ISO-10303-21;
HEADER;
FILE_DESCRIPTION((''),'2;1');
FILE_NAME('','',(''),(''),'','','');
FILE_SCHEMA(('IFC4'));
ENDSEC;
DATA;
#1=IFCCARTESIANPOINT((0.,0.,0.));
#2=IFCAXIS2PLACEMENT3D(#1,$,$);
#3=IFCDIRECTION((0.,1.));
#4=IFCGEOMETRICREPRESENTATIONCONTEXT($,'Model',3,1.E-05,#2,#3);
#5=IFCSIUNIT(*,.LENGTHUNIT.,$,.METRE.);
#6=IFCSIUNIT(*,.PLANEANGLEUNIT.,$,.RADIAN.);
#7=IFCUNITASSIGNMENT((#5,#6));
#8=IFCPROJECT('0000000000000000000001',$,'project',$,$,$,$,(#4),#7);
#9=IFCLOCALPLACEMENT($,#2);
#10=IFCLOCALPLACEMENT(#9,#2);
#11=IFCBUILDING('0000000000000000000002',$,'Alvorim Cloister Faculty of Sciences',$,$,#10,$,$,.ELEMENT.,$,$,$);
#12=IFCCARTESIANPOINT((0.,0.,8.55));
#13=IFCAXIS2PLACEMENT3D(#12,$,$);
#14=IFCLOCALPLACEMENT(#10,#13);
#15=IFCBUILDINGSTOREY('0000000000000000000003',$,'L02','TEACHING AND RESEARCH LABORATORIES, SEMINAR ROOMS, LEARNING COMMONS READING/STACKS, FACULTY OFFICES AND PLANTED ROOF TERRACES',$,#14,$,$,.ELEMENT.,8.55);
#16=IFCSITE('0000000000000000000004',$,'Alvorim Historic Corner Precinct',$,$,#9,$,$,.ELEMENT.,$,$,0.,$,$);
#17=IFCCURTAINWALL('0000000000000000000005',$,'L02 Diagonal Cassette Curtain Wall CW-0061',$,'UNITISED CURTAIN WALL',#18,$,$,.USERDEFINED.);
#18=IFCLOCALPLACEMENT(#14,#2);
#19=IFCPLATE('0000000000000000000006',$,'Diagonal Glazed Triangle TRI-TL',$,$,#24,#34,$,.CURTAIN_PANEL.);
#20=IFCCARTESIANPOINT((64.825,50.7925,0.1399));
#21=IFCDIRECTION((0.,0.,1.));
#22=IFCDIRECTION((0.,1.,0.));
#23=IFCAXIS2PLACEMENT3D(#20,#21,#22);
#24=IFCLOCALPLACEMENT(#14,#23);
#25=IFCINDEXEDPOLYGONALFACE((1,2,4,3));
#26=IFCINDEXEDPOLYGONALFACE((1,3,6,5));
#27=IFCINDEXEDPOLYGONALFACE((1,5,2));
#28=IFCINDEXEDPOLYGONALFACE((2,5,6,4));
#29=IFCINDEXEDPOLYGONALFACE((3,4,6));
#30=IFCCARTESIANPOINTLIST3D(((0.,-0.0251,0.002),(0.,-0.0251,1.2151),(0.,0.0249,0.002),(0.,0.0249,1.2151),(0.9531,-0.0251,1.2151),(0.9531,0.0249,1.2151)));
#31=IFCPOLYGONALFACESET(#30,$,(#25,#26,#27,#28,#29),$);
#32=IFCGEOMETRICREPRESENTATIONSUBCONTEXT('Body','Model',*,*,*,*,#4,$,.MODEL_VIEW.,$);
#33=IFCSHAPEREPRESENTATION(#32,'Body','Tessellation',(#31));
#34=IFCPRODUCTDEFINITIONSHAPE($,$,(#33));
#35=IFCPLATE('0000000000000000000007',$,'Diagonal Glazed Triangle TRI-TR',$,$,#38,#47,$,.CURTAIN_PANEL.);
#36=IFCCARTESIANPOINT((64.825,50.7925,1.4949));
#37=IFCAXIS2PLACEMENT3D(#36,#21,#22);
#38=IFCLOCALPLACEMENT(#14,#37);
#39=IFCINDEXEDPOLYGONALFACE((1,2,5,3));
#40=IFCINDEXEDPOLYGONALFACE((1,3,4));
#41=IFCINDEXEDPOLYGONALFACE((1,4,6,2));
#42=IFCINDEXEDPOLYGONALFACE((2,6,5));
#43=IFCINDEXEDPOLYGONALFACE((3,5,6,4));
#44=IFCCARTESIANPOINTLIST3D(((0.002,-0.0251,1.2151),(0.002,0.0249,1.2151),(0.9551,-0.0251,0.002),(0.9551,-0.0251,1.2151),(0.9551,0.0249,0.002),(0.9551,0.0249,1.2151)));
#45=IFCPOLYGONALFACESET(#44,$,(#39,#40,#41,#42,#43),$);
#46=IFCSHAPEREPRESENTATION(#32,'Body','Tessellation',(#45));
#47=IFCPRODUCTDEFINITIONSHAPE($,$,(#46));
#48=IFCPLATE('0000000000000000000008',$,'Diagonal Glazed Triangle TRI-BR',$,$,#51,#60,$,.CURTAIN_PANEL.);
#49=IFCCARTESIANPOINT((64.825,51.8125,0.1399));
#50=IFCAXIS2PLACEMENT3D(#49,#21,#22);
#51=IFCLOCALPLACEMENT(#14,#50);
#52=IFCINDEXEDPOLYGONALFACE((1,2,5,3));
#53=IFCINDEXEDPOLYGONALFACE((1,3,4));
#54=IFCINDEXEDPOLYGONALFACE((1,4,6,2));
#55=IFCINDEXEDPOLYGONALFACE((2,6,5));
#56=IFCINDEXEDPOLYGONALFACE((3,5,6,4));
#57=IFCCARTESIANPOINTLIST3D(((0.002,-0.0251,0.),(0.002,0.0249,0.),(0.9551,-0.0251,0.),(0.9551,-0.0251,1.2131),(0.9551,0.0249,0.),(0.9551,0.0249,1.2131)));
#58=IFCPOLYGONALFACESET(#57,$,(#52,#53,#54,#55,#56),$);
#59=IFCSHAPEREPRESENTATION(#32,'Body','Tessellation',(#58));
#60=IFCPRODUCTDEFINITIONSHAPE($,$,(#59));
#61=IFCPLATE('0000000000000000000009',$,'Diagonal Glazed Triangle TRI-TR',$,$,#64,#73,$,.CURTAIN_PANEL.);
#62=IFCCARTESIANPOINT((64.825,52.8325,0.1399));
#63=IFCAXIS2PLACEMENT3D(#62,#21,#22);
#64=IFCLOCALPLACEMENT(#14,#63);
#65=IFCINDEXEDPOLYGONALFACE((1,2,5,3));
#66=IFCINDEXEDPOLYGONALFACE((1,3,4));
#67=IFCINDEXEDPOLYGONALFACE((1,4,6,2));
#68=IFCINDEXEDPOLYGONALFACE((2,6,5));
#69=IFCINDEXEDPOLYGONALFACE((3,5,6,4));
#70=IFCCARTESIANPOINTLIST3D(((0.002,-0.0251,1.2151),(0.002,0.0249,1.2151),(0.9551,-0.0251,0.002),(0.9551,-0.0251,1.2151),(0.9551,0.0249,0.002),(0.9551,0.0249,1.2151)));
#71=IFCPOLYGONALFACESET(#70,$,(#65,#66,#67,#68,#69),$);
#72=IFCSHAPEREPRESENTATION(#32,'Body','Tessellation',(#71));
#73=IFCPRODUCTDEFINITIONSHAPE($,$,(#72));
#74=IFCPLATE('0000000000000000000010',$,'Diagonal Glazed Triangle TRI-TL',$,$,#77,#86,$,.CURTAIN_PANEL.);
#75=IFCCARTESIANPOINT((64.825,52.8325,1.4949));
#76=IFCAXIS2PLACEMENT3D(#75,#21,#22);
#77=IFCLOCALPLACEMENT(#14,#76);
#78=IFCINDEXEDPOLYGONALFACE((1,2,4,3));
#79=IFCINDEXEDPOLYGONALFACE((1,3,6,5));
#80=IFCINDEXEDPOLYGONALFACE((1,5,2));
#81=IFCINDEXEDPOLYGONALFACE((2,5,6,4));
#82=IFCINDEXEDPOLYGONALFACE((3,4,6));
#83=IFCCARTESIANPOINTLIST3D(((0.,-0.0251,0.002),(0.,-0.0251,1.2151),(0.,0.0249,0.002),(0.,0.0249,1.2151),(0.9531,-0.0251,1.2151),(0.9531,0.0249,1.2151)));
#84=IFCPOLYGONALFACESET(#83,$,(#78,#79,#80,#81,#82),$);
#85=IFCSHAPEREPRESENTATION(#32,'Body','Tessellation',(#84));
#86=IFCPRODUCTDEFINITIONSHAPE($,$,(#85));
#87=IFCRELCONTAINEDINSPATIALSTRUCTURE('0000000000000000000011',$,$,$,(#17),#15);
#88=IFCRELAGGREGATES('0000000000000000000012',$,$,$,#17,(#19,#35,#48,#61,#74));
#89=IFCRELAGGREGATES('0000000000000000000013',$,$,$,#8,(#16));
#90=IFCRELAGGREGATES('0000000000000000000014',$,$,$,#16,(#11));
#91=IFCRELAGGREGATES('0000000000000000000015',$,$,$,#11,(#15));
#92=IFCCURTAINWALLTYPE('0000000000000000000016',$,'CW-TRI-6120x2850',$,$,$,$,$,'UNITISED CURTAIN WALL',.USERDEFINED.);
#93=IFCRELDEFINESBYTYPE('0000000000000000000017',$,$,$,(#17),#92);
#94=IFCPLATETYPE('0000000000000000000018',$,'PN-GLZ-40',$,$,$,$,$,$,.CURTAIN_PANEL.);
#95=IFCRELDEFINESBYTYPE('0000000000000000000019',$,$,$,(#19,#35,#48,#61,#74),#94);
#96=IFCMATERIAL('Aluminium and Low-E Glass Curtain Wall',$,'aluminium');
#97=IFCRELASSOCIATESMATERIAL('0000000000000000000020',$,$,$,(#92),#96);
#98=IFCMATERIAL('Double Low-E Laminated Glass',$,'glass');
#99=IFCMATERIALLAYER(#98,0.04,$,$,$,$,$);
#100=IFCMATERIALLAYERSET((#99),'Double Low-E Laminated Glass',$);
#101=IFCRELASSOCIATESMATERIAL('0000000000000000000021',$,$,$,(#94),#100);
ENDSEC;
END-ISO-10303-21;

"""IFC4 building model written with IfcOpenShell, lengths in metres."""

from ifc_helpers import new_model, si_unit, direction, frame, origin, place, context, subcontext, project, spatial, polyline, outline, extrude, material, layer, layer_set, type_object, element, aggregate, save


model = new_model("IFC4")

# Units and contexts
model_context = context("Model", 3, precision=1e-05, world=origin(), true_north=direction((0.0, 1.0)))
body_context = subcontext(model_context, "Body", "Model", "MODEL_VIEW")
ifc_project = project(units=[si_unit("LENGTHUNIT", "METRE"), si_unit("PLANEANGLEUNIT", "RADIAN")], contexts=[model_context])

# Site, building, storey
site_placement = place(None, origin())
site = spatial("IfcSite", under=ifc_project, at=site_placement, Name="Alvorim Historic Corner Precinct", CompositionType="ELEMENT", RefElevation=0.0)
building_placement = place(site_placement, origin())
building = spatial("IfcBuilding", under=site, at=building_placement, Name="Alvorim Cloister Faculty of Sciences", CompositionType="ELEMENT")
storey_placement = place(building_placement, frame((0.0, 0.0, 8.55)))
storey = spatial("IfcBuildingStorey", under=building, at=storey_placement, Name="L02", Description="TEACHING AND RESEARCH LABORATORIES, SEMINAR ROOMS, LEARNING COMMONS READING/STACKS, FACULTY OFFICES AND PLANTED ROOF TERRACES", CompositionType="ELEMENT", Elevation=8.55)

# Curtain wall, plates
ifc_material_1 = material(Name="Aluminium and Low-E Glass Curtain Wall", Category="aluminium")
curtain_wall_type = type_object("IfcCurtainWallType", Name="CW-TRI-6120x2850", ElementType="UNITISED CURTAIN WALL", PredefinedType="USERDEFINED", material=ifc_material_1)
curtain_wall_placement = place(storey_placement, origin())
curtain_wall = element("IfcCurtainWall", 1, at=curtain_wall_placement, inside=storey, type_object=curtain_wall_type, Name="L02 Diagonal Cassette Curtain Wall CW-0061", ObjectType="UNITISED CURTAIN WALL", PredefinedType="USERDEFINED")
ifc_material_2 = material(Name="Double Low-E Laminated Glass", Category="glass")
ifc_layer = layer(ifc_material_2, 0.04)
ifc_layer_set = layer_set([ifc_layer], Name="Double Low-E Laminated Glass")
plate_type = type_object("IfcPlateType", Name="PN-GLZ-40", PredefinedType="CURTAIN_PANEL", material=ifc_layer_set)
plate_1_placement = place(storey_placement, frame((64.825, 50.7925, 0.1399), z_axis=(0.0, 0.0, 1.0), x_axis=(0.0, 1.0, 0.0)))
plate_1 = element("IfcPlate", 2, at=plate_1_placement, type_object=plate_type, Name="Diagonal Glazed Triangle TRI-TL", PredefinedType="CURTAIN_PANEL", context=body_context, shape_type="SweptSolid", body=[
    extrude(outline(polyline([(0.9531, 1.2151), (0.0, 1.2151), (0.0, 0.002), (0.9531, 1.2151)])), frame((0.0, 0.0249, 0.0), z_axis=(0.0, -1.0, 0.0), x_axis=(1.0, 0.0, 0.0)), (0.0, 0.0, 1.0), 0.05),
])
plate_2_placement = place(storey_placement, frame((64.825, 50.7925, 1.4949), z_axis=(0.0, 0.0, 1.0), x_axis=(0.0, 1.0, 0.0)))
plate_2 = element("IfcPlate", 3, at=plate_2_placement, type_object=plate_type, Name="Diagonal Glazed Triangle TRI-TR", PredefinedType="CURTAIN_PANEL", context=body_context, shape_type="SweptSolid", body=[
    extrude(outline(polyline([(0.9551, 0.002), (0.9551, 1.2151), (0.002, 1.2151), (0.9551, 0.002)])), frame((0.0, 0.0249, 0.0), z_axis=(0.0, -1.0, 0.0), x_axis=(1.0, 0.0, 0.0)), (0.0, 0.0, 1.0), 0.05),
])
plate_3_placement = place(storey_placement, frame((64.825, 51.8125, 0.1399), z_axis=(0.0, 0.0, 1.0), x_axis=(0.0, 1.0, 0.0)))
plate_3 = element("IfcPlate", 4, at=plate_3_placement, type_object=plate_type, Name="Diagonal Glazed Triangle TRI-BR", PredefinedType="CURTAIN_PANEL", context=body_context, shape_type="SweptSolid", body=[
    extrude(outline(polyline([(0.002, 0.0), (0.9551, 0.0), (0.9551, 1.2131), (0.002, 0.0)])), frame((0.0, 0.0249, 0.0), z_axis=(0.0, -1.0, 0.0), x_axis=(1.0, 0.0, 0.0)), (0.0, 0.0, 1.0), 0.05),
])
plate_4_placement = place(storey_placement, frame((64.825, 52.8325, 0.1399), z_axis=(0.0, 0.0, 1.0), x_axis=(0.0, 1.0, 0.0)))
plate_4 = element("IfcPlate", 5, at=plate_4_placement, type_object=plate_type, Name="Diagonal Glazed Triangle TRI-TR", PredefinedType="CURTAIN_PANEL", context=body_context, shape_type="SweptSolid", body=[
    extrude(outline(polyline([(0.9551, 0.002), (0.9551, 1.2151), (0.002, 1.2151), (0.9551, 0.002)])), frame((0.0, 0.0249, 0.0), z_axis=(0.0, -1.0, 0.0), x_axis=(1.0, 0.0, 0.0)), (0.0, 0.0, 1.0), 0.05),
])
plate_5_placement = place(storey_placement, frame((64.825, 52.8325, 1.4949), z_axis=(0.0, 0.0, 1.0), x_axis=(0.0, 1.0, 0.0)))
plate_5 = element("IfcPlate", 6, at=plate_5_placement, type_object=plate_type, Name="Diagonal Glazed Triangle TRI-TL", PredefinedType="CURTAIN_PANEL", context=body_context, shape_type="SweptSolid", body=[
    extrude(outline(polyline([(0.9531, 1.2151), (0.0, 1.2151), (0.0, 0.002), (0.9531, 1.2151)])), frame((0.0, 0.0249, 0.0), z_axis=(0.0, -1.0, 0.0), x_axis=(1.0, 0.0, 0.0)), (0.0, 0.0, 1.0), 0.05),
])
aggregate(curtain_wall, [plate_1, plate_2, plate_3, plate_4, plate_5])

save(model, "model.ifc")
